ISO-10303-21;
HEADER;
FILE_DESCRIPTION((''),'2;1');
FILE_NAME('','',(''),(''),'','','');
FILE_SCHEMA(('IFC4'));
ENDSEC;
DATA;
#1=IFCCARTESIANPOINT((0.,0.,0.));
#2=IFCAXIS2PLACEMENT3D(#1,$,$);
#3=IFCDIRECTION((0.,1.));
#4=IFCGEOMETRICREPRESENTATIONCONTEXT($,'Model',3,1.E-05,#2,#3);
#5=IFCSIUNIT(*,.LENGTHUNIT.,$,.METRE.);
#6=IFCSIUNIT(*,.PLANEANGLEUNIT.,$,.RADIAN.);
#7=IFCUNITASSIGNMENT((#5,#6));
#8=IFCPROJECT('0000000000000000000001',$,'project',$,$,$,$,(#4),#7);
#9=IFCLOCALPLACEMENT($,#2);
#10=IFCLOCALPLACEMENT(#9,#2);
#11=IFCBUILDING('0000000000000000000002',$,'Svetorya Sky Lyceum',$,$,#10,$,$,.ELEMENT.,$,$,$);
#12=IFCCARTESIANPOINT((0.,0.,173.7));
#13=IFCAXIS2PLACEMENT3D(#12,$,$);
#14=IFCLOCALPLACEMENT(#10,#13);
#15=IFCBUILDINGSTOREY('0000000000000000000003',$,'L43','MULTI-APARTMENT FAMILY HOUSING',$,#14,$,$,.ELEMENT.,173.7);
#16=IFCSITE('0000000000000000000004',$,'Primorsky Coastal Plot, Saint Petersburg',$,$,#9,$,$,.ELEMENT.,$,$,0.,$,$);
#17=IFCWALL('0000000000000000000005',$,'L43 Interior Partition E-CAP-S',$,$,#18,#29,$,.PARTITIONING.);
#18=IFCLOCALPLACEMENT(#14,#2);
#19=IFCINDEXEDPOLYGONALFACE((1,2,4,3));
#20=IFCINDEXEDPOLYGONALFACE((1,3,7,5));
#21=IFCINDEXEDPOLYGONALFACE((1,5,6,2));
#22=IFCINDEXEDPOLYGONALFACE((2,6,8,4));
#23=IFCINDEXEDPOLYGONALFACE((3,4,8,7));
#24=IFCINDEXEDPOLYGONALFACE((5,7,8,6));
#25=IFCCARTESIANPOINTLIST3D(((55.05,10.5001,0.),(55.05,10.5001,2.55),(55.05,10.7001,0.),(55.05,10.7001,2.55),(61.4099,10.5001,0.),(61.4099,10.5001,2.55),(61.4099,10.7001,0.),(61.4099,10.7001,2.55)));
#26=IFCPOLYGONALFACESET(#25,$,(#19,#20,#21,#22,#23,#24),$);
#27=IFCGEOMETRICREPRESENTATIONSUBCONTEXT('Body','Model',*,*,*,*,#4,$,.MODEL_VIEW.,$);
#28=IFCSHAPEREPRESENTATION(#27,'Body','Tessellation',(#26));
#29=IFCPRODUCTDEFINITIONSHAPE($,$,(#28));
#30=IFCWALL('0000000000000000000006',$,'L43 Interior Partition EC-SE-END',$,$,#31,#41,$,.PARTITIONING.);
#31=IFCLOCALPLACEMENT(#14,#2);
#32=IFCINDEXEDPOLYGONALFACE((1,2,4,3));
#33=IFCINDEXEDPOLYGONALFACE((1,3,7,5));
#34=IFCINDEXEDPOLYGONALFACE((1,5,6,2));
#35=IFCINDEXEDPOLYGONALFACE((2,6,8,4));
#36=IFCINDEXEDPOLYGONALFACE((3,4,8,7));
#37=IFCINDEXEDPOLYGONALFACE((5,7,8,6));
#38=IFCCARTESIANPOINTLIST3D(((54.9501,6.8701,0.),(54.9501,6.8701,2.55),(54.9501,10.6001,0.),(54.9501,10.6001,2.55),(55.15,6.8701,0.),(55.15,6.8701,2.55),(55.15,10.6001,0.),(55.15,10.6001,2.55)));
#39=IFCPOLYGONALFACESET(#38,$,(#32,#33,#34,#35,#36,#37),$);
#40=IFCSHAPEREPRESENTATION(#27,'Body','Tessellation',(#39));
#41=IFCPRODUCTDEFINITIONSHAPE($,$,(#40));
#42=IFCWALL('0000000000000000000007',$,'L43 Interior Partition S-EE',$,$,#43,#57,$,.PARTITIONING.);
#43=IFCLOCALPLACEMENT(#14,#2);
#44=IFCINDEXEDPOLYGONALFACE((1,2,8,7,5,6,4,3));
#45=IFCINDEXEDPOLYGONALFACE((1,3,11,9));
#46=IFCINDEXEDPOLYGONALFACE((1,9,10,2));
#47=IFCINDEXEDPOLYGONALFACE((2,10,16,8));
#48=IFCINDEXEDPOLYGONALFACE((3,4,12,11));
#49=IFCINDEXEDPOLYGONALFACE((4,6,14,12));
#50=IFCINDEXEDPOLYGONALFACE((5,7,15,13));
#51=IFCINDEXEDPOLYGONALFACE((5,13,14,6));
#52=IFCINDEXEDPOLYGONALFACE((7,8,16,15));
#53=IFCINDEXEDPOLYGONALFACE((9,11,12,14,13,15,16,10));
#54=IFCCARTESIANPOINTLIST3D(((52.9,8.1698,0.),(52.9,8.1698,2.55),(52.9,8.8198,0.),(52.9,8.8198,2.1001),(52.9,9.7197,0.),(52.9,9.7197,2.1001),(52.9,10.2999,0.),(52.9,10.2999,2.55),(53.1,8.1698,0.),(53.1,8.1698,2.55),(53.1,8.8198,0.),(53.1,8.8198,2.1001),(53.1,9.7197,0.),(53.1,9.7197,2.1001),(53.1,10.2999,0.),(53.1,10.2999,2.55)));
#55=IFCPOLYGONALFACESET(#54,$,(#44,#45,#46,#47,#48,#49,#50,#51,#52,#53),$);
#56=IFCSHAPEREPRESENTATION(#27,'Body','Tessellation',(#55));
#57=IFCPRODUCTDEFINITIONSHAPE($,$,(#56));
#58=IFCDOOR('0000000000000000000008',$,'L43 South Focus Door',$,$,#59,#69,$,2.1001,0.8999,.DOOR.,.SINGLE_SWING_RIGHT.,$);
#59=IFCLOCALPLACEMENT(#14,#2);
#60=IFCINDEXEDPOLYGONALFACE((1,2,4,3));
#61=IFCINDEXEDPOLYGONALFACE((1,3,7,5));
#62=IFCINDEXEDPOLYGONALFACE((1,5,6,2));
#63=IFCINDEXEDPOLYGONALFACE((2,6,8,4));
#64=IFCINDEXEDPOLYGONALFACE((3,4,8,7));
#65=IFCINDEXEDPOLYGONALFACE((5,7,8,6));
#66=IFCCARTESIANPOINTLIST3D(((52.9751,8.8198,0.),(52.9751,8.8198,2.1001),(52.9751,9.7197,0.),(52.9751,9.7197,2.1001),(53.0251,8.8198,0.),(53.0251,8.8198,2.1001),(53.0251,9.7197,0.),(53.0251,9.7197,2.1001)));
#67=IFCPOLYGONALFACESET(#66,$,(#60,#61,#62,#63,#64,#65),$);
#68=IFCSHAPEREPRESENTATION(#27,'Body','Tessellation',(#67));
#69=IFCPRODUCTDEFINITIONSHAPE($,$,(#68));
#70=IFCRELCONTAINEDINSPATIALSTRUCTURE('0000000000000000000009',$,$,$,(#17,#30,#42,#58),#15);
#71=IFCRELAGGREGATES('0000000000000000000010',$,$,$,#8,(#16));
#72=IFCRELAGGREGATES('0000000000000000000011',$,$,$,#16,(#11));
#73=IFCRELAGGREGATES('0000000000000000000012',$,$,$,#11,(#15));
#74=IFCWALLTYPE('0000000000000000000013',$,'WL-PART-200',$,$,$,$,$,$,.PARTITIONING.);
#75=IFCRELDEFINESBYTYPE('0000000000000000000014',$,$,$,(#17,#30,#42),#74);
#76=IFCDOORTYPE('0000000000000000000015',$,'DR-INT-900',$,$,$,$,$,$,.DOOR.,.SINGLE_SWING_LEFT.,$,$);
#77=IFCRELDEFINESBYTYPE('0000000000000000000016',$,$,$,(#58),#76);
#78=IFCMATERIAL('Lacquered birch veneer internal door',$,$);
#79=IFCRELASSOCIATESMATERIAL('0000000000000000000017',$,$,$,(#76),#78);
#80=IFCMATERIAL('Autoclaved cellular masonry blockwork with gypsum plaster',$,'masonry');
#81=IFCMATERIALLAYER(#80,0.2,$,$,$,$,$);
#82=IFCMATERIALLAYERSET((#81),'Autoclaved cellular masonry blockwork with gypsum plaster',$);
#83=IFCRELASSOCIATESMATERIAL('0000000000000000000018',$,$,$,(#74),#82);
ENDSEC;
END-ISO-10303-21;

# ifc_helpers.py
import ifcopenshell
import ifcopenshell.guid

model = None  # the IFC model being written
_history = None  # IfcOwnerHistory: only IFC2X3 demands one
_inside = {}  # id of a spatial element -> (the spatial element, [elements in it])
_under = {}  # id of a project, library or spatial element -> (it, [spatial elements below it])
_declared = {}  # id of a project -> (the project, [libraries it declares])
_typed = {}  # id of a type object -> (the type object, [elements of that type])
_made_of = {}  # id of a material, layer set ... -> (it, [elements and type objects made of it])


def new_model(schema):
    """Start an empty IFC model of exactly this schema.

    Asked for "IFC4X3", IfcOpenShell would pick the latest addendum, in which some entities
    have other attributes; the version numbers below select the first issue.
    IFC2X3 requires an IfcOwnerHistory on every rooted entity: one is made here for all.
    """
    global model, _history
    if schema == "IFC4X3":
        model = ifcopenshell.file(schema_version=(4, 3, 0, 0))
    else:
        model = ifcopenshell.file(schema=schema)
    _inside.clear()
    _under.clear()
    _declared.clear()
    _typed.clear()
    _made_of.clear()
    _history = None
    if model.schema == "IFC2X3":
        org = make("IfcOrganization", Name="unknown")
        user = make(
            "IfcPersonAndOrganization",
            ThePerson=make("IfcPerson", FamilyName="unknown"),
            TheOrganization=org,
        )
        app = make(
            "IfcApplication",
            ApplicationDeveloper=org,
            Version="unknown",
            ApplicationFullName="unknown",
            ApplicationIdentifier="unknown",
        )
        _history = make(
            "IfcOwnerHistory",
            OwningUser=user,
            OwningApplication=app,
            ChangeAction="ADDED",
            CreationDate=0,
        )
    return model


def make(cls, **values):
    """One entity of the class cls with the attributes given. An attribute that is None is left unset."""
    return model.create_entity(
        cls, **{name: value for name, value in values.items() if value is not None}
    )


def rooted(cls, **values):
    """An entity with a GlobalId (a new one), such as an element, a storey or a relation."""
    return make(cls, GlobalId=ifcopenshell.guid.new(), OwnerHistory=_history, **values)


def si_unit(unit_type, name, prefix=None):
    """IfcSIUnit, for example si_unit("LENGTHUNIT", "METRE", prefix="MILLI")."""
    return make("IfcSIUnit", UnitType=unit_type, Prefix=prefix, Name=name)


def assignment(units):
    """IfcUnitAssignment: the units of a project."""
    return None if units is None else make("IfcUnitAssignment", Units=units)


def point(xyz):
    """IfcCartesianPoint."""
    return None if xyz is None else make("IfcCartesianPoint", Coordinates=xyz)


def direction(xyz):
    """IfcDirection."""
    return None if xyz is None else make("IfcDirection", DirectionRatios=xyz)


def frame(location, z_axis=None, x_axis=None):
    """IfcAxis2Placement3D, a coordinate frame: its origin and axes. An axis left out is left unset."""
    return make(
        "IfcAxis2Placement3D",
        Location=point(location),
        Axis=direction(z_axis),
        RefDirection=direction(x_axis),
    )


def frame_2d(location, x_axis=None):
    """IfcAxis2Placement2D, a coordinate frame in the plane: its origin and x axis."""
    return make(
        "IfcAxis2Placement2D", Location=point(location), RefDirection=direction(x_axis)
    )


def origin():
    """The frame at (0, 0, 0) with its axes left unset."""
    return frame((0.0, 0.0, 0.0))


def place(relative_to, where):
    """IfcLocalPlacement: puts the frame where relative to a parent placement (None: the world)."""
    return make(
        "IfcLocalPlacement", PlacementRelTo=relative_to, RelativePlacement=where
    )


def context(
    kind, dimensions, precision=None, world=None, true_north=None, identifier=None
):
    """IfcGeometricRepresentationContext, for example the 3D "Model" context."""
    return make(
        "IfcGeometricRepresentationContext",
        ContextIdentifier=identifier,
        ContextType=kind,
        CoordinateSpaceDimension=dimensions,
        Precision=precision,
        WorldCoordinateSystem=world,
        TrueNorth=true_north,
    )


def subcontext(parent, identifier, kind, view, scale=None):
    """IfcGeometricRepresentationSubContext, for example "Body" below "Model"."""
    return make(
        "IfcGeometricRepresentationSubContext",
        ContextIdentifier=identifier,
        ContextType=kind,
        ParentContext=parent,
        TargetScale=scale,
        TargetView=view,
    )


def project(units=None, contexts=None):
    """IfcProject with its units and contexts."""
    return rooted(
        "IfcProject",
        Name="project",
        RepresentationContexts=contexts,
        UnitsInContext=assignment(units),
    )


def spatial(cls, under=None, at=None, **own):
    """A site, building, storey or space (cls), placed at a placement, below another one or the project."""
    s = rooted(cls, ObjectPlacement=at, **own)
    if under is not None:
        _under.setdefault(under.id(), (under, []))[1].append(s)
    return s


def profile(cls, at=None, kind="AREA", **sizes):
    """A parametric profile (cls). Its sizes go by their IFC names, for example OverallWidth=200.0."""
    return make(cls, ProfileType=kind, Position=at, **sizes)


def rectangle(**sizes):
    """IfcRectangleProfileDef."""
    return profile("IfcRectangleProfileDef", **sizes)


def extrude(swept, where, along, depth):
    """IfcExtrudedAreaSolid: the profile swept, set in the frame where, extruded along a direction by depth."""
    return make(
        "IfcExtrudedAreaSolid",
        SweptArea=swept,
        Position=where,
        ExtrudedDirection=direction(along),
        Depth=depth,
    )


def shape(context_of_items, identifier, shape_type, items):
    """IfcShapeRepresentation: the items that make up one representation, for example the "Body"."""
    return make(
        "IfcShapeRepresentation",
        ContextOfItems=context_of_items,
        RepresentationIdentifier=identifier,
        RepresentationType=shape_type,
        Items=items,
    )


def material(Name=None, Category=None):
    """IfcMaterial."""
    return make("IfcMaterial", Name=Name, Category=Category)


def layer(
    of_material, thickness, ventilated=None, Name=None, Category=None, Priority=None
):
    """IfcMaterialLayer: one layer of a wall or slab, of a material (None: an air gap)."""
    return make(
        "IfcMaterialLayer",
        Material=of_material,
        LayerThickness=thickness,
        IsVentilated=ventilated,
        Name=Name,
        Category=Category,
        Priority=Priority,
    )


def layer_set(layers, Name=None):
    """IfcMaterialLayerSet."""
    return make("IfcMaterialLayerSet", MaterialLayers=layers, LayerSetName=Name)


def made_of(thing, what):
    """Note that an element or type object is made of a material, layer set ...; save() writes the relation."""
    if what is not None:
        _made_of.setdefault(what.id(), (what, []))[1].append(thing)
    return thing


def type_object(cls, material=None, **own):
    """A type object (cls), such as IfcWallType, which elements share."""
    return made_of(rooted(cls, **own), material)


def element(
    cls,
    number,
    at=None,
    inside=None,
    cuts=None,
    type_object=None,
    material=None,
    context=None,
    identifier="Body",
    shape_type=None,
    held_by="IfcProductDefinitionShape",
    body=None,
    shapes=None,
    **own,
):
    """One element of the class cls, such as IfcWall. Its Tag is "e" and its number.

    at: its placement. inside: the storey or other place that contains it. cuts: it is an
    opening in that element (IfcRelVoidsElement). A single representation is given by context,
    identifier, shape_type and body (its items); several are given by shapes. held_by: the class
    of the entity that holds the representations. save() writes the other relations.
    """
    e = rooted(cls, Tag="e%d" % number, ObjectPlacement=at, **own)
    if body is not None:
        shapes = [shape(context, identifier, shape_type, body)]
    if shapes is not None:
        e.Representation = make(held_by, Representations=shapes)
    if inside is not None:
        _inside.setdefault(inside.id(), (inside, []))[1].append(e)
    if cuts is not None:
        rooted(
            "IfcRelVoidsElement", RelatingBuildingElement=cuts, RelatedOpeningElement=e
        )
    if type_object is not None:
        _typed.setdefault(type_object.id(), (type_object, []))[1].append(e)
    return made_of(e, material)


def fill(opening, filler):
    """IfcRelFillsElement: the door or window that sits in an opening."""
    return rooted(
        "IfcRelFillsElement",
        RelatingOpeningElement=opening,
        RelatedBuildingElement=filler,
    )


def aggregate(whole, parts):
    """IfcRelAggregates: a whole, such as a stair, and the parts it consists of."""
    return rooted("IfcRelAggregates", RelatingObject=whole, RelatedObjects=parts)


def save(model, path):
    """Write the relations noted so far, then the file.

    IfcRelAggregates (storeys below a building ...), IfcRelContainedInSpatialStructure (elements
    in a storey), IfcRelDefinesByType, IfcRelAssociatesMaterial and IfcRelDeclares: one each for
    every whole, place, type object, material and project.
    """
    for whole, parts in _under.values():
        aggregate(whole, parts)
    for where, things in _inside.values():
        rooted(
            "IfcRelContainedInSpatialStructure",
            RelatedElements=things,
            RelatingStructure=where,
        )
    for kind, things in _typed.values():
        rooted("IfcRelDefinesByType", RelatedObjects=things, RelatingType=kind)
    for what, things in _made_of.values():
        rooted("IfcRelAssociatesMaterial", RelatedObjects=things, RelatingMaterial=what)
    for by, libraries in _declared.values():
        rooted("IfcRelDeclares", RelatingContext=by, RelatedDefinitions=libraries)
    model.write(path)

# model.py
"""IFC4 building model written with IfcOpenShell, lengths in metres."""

from ifc_helpers import new_model, si_unit, direction, frame, frame_2d, origin, place, context, subcontext, project, spatial, rectangle, extrude, material, layer, layer_set, type_object, element, fill, save


model = new_model("IFC4")

# Units and contexts
model_context = context("Model", 3, precision=1e-05, world=origin(), true_north=direction((0.0, 1.0)))
body_context = subcontext(model_context, "Body", "Model", "MODEL_VIEW")
ifc_project = project(units=[si_unit("LENGTHUNIT", "METRE"), si_unit("PLANEANGLEUNIT", "RADIAN")], contexts=[model_context])

# Site, building, storey
site_placement = place(None, origin())
site = spatial("IfcSite", under=ifc_project, at=site_placement, Name="Primorsky Coastal Plot, Saint Petersburg", CompositionType="ELEMENT", RefElevation=0.0)
building_placement = place(site_placement, origin())
building = spatial("IfcBuilding", under=site, at=building_placement, Name="Svetorya Sky Lyceum", CompositionType="ELEMENT")
storey_placement = place(building_placement, frame((0.0, 0.0, 173.7)))
storey = spatial("IfcBuildingStorey", under=building, at=storey_placement, Name="L43", Description="MULTI-APARTMENT FAMILY HOUSING", CompositionType="ELEMENT", Elevation=173.7)

# Shared definitions
ifc_material_1 = material(Name="Lacquered birch veneer internal door")
door_type_1 = type_object("IfcDoorType", Name="DR-INT-900", OperationType="SINGLE_SWING_LEFT", PredefinedType="DOOR", material=ifc_material_1)
ifc_material_2 = material(Name="Autoclaved cellular masonry blockwork with gypsum plaster", Category="masonry")
ifc_layer_1 = layer(ifc_material_2, 0.2)
ifc_layer_set_1 = layer_set([ifc_layer_1], Name="Autoclaved cellular masonry blockwork with gypsum plaster")
wall_type_1 = type_object("IfcWallType", Name="WL-PART-200", PredefinedType="PARTITIONING", material=ifc_layer_set_1)

# Walls
wall_1_placement = place(storey_placement, frame((55.05, 10.6001, 0.0), z_axis=(0.0, 0.0, 1.0), x_axis=(1.0, 0.0, 0.0)))
element("IfcWall", 1, at=wall_1_placement, inside=storey, type_object=wall_type_1, Name="L43 Interior Partition E-CAP-S", PredefinedType="PARTITIONING", context=body_context, shape_type="SweptSolid", body=[
    extrude(rectangle(XDim=6.3599, YDim=0.2, at=frame_2d((3.1799, 0.0))), origin(), (0.0, 0.0, 1.0), 2.55),
])
wall_2_placement = place(storey_placement, frame((55.05, 6.8701, 0.0), z_axis=(0.0, 0.0, 1.0), x_axis=(0.0, 1.0, 0.0)))
element("IfcWall", 2, at=wall_2_placement, inside=storey, type_object=wall_type_1, Name="L43 Interior Partition EC-SE-END", PredefinedType="PARTITIONING", context=body_context, shape_type="SweptSolid", body=[
    extrude(rectangle(XDim=3.73, YDim=0.2, at=frame_2d((1.865, 0.0))), origin(), (0.0, 0.0, 1.0), 2.55),
])

# Wall, opening, door
wall_3_placement = place(storey_placement, frame((53.0, 8.1699, 0.0), z_axis=(0.0, 0.0, 1.0), x_axis=(0.0, 1.0, 0.0)))
wall_3 = element("IfcWall", 3, at=wall_3_placement, inside=storey, type_object=wall_type_1, Name="L43 Interior Partition S-EE", PredefinedType="PARTITIONING", context=body_context, shape_type="SweptSolid", body=[
    extrude(rectangle(XDim=2.1301, YDim=0.2, at=frame_2d((1.0649, 0.0))), origin(), (0.0, 0.0, 1.0), 2.55),
])
opening_1_placement = place(wall_3_placement, frame((0.6499, 0.0, 0.0)))
opening_1 = element("IfcOpeningElement", 4, at=opening_1_placement, cuts=wall_3, PredefinedType="OPENING", context=body_context, shape_type="SweptSolid", body=[
    extrude(rectangle(XDim=0.8999, YDim=2.1001, at=frame_2d((0.45, 1.05))), frame((0.0, 0.1099, 0.0), z_axis=(0.0, -1.0, 0.0), x_axis=(1.0, 0.0, 0.0)), (0.0, 0.0, 1.0), 0.22),
])
door_1_placement = place(opening_1_placement, origin())
door_1 = element("IfcDoor", 5, at=door_1_placement, inside=storey, type_object=door_type_1, Name="L43 South Focus Door", OperationType="SINGLE_SWING_RIGHT", OverallHeight=2.1001, OverallWidth=0.8999, PredefinedType="DOOR", context=body_context, shape_type="SweptSolid", body=[
    extrude(rectangle(XDim=0.8999, YDim=2.1001, at=frame_2d((0.45, 1.05))), frame((0.0, 0.0249, 0.0), z_axis=(0.0, -1.0, 0.0), x_axis=(1.0, 0.0, 0.0)), (0.0, 0.0, 1.0), 0.05),
])
fill(opening_1, door_1)

save(model, "model.ifc")
